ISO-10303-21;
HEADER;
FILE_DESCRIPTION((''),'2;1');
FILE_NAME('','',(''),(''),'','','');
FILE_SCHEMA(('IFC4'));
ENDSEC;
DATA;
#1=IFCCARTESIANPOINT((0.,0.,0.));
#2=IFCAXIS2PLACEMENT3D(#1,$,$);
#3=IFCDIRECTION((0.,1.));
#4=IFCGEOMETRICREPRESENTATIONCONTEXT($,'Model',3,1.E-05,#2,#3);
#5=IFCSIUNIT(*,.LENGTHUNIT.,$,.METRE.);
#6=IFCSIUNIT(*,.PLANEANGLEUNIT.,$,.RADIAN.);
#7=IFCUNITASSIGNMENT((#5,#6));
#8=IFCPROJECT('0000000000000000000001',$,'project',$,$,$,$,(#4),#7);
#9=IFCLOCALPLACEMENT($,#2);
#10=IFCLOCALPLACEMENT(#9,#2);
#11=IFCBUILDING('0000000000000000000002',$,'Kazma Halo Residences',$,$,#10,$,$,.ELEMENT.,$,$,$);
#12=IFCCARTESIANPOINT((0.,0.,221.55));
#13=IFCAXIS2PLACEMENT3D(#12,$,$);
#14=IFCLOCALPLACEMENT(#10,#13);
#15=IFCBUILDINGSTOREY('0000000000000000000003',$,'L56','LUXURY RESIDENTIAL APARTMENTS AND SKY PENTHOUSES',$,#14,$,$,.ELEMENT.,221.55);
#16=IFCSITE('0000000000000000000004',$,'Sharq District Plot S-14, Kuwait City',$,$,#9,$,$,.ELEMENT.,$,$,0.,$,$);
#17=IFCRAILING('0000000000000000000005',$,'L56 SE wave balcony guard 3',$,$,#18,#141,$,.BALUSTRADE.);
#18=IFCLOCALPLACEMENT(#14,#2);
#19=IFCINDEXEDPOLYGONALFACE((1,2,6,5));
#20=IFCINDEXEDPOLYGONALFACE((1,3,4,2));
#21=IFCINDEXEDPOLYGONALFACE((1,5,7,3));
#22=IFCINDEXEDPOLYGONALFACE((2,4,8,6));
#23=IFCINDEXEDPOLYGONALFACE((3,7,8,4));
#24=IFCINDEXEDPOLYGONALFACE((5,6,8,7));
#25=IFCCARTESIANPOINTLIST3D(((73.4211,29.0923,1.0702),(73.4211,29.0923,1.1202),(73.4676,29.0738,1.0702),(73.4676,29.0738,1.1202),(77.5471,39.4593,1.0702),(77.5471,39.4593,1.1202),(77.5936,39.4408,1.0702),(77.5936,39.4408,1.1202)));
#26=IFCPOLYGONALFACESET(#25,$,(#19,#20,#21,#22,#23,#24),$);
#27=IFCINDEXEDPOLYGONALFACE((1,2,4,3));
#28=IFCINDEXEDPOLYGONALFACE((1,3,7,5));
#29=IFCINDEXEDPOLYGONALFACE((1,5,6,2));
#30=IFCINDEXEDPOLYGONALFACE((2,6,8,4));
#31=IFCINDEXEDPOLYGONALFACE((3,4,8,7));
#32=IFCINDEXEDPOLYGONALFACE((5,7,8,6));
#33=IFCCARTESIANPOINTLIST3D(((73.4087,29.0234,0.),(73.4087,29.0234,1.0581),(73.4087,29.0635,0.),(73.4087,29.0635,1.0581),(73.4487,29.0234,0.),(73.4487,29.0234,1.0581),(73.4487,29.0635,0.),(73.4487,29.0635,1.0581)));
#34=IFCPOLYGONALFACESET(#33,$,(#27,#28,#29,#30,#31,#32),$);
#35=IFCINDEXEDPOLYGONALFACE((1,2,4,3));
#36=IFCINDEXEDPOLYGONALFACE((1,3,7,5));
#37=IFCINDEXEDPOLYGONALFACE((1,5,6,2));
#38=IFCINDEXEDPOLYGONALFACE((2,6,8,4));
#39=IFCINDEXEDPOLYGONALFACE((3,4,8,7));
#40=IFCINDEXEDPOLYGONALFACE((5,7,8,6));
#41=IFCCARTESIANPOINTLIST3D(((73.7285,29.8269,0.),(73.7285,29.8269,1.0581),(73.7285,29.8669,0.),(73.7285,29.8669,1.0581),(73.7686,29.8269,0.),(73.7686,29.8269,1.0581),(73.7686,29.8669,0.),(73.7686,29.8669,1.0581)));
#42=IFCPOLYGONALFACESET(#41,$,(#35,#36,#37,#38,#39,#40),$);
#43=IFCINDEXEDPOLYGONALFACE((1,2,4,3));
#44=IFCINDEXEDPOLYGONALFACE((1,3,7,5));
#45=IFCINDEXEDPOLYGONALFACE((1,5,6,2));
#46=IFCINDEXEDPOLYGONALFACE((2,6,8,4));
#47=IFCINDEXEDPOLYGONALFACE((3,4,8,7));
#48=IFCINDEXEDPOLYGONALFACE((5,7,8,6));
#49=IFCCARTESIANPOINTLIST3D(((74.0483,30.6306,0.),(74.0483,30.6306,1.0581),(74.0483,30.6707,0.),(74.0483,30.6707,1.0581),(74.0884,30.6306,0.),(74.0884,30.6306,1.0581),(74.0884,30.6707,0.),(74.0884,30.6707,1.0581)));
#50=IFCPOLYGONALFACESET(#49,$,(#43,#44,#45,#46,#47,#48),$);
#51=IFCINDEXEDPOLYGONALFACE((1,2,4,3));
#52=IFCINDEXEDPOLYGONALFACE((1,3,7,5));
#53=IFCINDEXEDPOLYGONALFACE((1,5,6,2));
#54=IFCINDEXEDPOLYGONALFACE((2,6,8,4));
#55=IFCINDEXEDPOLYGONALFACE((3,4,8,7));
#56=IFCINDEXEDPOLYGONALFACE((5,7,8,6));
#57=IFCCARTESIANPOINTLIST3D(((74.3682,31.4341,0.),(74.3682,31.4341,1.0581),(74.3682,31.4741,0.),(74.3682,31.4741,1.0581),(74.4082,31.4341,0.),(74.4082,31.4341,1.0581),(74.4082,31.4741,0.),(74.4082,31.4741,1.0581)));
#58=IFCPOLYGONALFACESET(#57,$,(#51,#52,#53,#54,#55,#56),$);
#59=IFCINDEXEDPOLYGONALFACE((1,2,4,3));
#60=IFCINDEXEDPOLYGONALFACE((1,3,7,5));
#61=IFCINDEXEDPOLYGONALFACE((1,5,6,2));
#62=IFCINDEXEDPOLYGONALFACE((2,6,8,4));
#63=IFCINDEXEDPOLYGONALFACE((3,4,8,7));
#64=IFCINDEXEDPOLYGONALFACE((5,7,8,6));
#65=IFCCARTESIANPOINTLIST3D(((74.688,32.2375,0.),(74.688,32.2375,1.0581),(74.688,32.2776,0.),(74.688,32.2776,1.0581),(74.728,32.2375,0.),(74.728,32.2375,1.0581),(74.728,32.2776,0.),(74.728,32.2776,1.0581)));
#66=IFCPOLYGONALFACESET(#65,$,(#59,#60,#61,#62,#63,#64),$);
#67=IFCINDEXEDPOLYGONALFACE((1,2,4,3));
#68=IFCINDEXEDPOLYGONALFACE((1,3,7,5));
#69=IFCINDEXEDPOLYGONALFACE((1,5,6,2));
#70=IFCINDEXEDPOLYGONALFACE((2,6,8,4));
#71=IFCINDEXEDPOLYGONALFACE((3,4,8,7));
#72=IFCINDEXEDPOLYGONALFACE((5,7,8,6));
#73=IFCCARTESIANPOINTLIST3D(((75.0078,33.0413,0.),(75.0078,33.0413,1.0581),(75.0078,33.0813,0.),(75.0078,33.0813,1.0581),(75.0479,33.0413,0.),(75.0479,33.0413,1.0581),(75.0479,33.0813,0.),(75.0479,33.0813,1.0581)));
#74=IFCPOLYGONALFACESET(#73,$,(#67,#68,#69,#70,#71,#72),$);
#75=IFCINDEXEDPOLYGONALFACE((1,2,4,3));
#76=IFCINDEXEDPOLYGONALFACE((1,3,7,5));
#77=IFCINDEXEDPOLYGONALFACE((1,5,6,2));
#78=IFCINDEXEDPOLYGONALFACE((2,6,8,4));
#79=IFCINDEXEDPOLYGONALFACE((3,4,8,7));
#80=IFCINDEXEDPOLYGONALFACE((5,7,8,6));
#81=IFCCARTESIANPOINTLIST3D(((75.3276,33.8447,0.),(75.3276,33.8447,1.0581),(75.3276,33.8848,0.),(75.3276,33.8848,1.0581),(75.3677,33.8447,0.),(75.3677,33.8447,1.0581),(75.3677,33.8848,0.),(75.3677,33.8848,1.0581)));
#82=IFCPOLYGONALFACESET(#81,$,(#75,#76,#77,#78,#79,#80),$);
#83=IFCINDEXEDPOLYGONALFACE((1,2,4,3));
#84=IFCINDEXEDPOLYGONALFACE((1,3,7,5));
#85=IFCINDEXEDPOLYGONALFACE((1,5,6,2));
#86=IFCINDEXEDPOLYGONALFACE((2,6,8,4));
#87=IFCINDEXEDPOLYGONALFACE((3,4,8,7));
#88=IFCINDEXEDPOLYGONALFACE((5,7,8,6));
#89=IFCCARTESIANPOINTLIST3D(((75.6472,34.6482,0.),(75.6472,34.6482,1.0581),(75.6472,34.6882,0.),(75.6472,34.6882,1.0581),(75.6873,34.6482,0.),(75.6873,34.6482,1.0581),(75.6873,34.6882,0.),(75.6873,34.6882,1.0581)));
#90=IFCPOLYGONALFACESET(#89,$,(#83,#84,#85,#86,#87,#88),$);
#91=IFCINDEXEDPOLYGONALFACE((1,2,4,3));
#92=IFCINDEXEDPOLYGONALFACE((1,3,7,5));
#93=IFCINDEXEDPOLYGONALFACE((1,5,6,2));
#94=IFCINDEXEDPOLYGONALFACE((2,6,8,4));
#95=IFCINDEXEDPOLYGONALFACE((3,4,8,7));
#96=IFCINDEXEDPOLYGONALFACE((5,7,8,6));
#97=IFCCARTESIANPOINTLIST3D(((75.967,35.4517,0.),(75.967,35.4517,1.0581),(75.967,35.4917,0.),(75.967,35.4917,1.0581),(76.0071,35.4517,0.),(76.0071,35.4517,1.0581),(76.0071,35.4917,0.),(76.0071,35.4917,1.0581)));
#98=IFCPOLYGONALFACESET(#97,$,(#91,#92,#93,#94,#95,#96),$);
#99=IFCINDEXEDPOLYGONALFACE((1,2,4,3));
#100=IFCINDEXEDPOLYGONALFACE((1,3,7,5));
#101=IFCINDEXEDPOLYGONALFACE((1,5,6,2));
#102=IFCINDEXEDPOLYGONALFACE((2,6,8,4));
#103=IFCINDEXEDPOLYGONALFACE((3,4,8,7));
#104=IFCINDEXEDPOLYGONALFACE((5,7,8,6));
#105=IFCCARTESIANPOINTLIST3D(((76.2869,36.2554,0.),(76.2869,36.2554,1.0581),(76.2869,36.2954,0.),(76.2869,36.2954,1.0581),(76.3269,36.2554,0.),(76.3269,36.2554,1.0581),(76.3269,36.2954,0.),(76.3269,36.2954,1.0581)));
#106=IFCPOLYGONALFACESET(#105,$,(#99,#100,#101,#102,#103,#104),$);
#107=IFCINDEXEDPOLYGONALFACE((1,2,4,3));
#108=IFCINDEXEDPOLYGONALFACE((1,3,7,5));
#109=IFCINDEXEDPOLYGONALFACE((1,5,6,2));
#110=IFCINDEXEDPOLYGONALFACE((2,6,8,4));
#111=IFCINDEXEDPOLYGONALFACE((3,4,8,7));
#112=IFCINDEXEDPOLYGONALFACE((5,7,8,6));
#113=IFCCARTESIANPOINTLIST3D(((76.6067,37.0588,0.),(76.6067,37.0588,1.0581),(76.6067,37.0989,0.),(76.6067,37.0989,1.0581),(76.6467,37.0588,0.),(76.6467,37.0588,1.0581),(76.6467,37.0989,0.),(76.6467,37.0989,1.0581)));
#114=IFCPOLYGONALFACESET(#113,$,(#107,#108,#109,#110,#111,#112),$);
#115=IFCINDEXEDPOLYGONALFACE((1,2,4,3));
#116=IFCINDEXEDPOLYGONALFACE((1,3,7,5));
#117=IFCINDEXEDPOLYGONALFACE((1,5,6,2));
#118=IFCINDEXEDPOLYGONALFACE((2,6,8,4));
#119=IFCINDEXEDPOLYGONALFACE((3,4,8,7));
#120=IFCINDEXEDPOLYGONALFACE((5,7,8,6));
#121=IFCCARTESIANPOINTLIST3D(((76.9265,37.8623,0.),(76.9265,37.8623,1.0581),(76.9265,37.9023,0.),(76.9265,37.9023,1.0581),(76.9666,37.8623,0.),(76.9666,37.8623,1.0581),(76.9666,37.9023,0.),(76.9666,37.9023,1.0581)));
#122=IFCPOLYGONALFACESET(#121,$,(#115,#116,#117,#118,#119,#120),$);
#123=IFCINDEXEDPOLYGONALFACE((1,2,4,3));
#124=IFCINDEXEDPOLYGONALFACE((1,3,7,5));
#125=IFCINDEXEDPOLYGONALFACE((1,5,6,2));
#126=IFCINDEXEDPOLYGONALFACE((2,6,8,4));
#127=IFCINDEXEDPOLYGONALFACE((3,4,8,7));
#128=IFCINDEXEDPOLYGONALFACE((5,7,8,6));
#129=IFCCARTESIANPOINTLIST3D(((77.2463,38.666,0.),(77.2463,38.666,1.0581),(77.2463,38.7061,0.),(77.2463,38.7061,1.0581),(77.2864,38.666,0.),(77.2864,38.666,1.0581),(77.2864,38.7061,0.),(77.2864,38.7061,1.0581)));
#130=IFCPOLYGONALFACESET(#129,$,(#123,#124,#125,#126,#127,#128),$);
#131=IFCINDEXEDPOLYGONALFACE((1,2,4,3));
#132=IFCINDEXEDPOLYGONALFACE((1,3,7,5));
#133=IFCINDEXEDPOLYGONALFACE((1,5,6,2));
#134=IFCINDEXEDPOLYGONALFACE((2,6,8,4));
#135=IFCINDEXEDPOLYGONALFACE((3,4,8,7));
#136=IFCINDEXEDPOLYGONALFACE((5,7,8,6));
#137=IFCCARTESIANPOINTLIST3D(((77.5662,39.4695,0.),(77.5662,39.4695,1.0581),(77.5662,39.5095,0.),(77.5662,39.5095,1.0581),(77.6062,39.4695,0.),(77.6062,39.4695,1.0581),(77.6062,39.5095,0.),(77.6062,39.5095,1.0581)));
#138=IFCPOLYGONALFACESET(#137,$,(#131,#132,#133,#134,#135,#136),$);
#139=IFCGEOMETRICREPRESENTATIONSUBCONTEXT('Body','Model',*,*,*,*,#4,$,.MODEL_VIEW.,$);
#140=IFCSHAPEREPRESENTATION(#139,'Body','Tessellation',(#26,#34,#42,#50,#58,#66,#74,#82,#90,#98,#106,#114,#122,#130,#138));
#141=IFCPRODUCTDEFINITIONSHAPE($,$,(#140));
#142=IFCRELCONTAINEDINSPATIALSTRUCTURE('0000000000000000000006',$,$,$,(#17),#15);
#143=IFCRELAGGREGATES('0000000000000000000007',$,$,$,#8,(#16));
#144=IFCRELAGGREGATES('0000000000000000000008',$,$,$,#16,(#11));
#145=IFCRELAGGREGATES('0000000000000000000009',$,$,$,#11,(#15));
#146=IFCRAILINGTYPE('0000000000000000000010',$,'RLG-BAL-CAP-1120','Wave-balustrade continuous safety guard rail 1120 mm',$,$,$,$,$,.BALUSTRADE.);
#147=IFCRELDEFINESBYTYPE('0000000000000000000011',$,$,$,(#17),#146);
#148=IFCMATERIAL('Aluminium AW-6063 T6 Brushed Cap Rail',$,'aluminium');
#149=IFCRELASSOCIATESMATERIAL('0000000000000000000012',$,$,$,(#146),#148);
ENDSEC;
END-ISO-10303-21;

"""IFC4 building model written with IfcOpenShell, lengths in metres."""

from ifc_helpers import new_model, si_unit, direction, frame, origin, origin_2d, place, context, subcontext, project, spatial, rectangle, extrude, material, type_object, element, save


model = new_model("IFC4")

# Units and contexts
model_context = context("Model", 3, precision=1e-05, world=origin(), true_north=direction((0.0, 1.0)))
body_context = subcontext(model_context, "Body", "Model", "MODEL_VIEW")
ifc_project = project(units=[si_unit("LENGTHUNIT", "METRE"), si_unit("PLANEANGLEUNIT", "RADIAN")], contexts=[model_context])

# Site, building, storey
site_placement = place(None, origin())
site = spatial("IfcSite", under=ifc_project, at=site_placement, Name="Sharq District Plot S-14, Kuwait City", CompositionType="ELEMENT", RefElevation=0.0)
building_placement = place(site_placement, origin())
building = spatial("IfcBuilding", under=site, at=building_placement, Name="Kazma Halo Residences", CompositionType="ELEMENT")
storey_placement = place(building_placement, frame((0.0, 0.0, 221.55)))
storey = spatial("IfcBuildingStorey", under=building, at=storey_placement, Name="L56", Description="LUXURY RESIDENTIAL APARTMENTS AND SKY PENTHOUSES", CompositionType="ELEMENT", Elevation=221.55)

# Railing
ifc_material_1 = material(Name="Aluminium AW-6063 T6 Brushed Cap Rail", Category="aluminium")
railing_type = type_object("IfcRailingType", Name="RLG-BAL-CAP-1120", Description="Wave-balustrade continuous safety guard rail 1120 mm", PredefinedType="BALUSTRADE", material=ifc_material_1)
railing_1_placement = place(storey_placement, frame((73.4287, 29.0435, 0.0)))
element("IfcRailing", 1, at=railing_1_placement, inside=storey, type_object=railing_type, Name="L56 SE wave balcony guard 3", PredefinedType="BALUSTRADE", context=body_context, shape_type="SweptSolid", body=[
    extrude(rectangle(XDim=0.05, YDim=0.05, at=origin_2d()), frame((0.0156, 0.0396, 1.0952), z_axis=(0.369784, 0.929118, 0.0), x_axis=(-0.929118, 0.369784, 0.0)), (0.0, 0.0, 1.0), 11.158),
    extrude(rectangle(XDim=0.04, YDim=0.04, at=origin_2d()), origin(), (0.0, 0.0, 1.0), 1.0581),
    extrude(rectangle(XDim=0.04, YDim=0.04, at=origin_2d()), frame((0.3198, 0.8035, 0.0)), (0.0, 0.0, 1.0), 1.0581),
    extrude(rectangle(XDim=0.04, YDim=0.04, at=origin_2d()), frame((0.6396, 1.6072, 0.0)), (0.0, 0.0, 1.0), 1.0581),
    extrude(rectangle(XDim=0.04, YDim=0.04, at=origin_2d()), frame((0.9595, 2.4106, 0.0)), (0.0, 0.0, 1.0), 1.0581),
    extrude(rectangle(XDim=0.04, YDim=0.04, at=origin_2d()), frame((1.2793, 3.2141, 0.0)), (0.0, 0.0, 1.0), 1.0581),
    extrude(rectangle(XDim=0.04, YDim=0.04, at=origin_2d()), frame((1.5991, 4.0178, 0.0)), (0.0, 0.0, 1.0), 1.0581),
    extrude(rectangle(XDim=0.04, YDim=0.04, at=origin_2d()), frame((1.9189, 4.8213, 0.0)), (0.0, 0.0, 1.0), 1.0581),
    extrude(rectangle(XDim=0.04, YDim=0.04, at=origin_2d()), frame((2.2385, 5.6248, 0.0)), (0.0, 0.0, 1.0), 1.0581),
    extrude(rectangle(XDim=0.04, YDim=0.04, at=origin_2d()), frame((2.5583, 6.4282, 0.0)), (0.0, 0.0, 1.0), 1.0581),
    extrude(rectangle(XDim=0.04, YDim=0.04, at=origin_2d()), frame((2.8782, 7.2319, 0.0)), (0.0, 0.0, 1.0), 1.0581),
    extrude(rectangle(XDim=0.04, YDim=0.04, at=origin_2d()), frame((3.198, 8.0354, 0.0)), (0.0, 0.0, 1.0), 1.0581),
    extrude(rectangle(XDim=0.04, YDim=0.04, at=origin_2d()), frame((3.5178, 8.8389, 0.0)), (0.0, 0.0, 1.0), 1.0581),
    extrude(rectangle(XDim=0.04, YDim=0.04, at=origin_2d()), frame((3.8376, 9.6426, 0.0)), (0.0, 0.0, 1.0), 1.0581),
    extrude(rectangle(XDim=0.04, YDim=0.04, at=origin_2d()), frame((4.1575, 10.446, 0.0)), (0.0, 0.0, 1.0), 1.0581),
])

save(model, "model.ifc")
